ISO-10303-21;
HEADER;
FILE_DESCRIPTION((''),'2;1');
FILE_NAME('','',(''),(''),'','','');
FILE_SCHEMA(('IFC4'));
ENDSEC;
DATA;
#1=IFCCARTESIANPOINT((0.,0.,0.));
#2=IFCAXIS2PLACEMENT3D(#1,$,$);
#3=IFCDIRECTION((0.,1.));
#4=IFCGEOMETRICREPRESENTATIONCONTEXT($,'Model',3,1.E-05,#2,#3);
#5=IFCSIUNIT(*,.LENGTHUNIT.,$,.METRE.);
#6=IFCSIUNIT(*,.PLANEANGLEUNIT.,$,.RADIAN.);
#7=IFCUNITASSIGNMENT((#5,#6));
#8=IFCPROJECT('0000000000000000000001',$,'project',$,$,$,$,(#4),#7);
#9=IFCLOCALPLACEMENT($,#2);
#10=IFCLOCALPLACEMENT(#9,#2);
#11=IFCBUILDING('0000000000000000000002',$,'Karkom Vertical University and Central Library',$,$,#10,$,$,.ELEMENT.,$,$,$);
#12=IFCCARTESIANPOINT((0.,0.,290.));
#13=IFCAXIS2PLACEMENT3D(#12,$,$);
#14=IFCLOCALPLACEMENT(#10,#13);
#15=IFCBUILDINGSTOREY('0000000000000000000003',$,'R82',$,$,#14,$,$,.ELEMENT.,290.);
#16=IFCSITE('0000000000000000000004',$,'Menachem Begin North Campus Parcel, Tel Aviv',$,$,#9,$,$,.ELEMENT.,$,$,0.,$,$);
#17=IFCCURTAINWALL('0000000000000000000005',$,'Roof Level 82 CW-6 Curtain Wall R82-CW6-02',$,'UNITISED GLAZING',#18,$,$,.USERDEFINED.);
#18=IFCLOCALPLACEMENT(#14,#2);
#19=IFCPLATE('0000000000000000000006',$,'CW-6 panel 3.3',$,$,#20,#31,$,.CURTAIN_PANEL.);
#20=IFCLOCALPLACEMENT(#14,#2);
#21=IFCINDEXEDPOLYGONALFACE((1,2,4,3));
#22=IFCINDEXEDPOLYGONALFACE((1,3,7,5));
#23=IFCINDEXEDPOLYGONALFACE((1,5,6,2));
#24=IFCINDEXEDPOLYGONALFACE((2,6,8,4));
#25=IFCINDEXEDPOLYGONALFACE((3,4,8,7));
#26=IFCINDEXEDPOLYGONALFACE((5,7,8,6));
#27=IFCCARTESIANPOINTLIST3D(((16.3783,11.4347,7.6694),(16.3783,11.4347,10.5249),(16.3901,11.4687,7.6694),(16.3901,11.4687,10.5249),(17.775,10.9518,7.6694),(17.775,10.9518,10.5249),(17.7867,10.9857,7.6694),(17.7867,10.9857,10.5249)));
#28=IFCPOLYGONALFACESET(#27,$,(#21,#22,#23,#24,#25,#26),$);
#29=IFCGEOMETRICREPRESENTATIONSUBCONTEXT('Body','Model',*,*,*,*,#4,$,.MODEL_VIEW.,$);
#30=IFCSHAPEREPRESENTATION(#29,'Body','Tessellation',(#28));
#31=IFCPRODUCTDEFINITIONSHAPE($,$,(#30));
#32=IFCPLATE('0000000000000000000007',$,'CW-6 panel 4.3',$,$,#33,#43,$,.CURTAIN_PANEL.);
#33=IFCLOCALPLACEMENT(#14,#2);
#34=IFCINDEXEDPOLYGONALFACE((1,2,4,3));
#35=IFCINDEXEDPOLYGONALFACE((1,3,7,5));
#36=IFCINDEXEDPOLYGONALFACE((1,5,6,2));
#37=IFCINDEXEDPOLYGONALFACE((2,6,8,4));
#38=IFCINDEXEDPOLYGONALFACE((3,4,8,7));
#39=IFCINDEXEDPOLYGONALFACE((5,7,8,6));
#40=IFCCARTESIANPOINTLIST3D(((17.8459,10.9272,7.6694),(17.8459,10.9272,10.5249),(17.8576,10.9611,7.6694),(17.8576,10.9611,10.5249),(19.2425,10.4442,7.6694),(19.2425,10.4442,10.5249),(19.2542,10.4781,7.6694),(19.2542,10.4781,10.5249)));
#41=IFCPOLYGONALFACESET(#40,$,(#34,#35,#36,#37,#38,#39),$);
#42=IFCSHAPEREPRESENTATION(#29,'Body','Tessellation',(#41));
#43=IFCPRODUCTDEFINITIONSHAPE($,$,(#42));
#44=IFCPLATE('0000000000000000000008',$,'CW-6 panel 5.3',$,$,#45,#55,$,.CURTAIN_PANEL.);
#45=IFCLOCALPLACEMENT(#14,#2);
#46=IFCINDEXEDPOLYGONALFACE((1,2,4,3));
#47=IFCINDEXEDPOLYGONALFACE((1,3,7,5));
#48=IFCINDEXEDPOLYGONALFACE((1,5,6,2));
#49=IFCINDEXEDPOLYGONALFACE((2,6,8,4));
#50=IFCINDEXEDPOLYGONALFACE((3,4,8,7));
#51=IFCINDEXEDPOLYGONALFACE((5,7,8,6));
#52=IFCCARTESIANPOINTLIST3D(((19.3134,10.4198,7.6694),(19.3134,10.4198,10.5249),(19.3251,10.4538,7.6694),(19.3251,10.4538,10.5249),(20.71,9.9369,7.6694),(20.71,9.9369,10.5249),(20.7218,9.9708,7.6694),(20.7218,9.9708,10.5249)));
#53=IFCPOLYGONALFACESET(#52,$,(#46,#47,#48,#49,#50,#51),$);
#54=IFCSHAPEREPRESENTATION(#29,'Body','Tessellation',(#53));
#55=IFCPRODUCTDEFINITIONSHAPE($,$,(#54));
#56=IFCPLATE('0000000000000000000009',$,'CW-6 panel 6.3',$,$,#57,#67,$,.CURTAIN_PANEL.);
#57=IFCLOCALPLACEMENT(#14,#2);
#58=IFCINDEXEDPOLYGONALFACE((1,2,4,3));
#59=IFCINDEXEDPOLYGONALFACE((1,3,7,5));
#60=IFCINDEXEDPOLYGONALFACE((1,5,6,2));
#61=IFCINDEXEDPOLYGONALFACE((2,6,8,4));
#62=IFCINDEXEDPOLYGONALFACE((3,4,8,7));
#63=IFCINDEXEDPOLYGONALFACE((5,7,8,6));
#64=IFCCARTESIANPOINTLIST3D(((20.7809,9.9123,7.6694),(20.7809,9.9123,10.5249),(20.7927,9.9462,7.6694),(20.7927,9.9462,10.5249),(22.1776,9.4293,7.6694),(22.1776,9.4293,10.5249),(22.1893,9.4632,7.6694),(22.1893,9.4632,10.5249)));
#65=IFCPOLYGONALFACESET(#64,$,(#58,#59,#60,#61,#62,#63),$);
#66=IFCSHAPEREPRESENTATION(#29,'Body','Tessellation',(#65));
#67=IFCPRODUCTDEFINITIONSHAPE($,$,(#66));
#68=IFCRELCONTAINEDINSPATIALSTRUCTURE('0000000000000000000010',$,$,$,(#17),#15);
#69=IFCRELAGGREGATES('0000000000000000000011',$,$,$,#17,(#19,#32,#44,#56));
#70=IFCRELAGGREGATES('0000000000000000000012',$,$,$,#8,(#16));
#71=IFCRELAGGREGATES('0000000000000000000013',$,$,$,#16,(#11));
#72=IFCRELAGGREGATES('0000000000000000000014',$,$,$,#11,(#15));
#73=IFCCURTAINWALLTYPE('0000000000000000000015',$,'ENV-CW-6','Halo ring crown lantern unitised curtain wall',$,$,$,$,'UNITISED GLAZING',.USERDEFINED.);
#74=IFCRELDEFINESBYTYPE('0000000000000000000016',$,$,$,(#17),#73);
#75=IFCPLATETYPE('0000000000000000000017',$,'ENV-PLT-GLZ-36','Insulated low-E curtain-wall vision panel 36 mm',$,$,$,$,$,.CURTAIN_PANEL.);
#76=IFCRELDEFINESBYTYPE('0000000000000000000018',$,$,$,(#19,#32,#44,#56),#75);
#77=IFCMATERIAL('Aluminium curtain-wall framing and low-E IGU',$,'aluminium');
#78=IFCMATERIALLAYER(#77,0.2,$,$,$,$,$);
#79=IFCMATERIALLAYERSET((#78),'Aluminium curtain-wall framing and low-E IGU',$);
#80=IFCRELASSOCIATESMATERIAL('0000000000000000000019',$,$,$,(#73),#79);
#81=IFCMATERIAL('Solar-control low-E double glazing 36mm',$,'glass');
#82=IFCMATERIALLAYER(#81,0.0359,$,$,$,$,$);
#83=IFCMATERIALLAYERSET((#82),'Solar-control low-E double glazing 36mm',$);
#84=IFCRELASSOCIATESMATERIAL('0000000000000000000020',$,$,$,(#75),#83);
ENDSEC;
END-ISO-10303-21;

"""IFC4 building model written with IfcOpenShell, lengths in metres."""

from ifc_helpers import new_model, si_unit, direction, frame, origin, origin_with_axes, origin_2d, place, context, subcontext, project, spatial, rectangle, extrude, source, transform, mapped, material, layer, layer_set, type_object, element, aggregate, save


model = new_model("IFC4")

# Units and contexts
model_context = context("Model", 3, precision=1e-05, world=origin(), true_north=direction((0.0, 1.0)))
body_context = subcontext(model_context, "Body", "Model", "MODEL_VIEW")
ifc_project = project(units=[si_unit("LENGTHUNIT", "METRE"), si_unit("PLANEANGLEUNIT", "RADIAN")], contexts=[model_context])

# Site, building, storey
site_placement = place(None, origin())
site = spatial("IfcSite", under=ifc_project, at=site_placement, Name="Menachem Begin North Campus Parcel, Tel Aviv", CompositionType="ELEMENT", RefElevation=0.0)
building_placement = place(site_placement, origin())
building = spatial("IfcBuilding", under=site, at=building_placement, Name="Karkom Vertical University and Central Library", CompositionType="ELEMENT")
storey_placement = place(building_placement, frame((0.0, 0.0, 290.0)))
storey = spatial("IfcBuildingStorey", under=building, at=storey_placement, Name="R82", CompositionType="ELEMENT", Elevation=290.0)

# Curtain wall
ifc_material_1 = material(Name="Aluminium curtain-wall framing and low-E IGU", Category="aluminium")
ifc_layer_1 = layer(ifc_material_1, 0.2)
ifc_layer_set_1 = layer_set([ifc_layer_1], Name="Aluminium curtain-wall framing and low-E IGU")
curtain_wall_type = type_object("IfcCurtainWallType", Name="ENV-CW-6", Description="Halo ring crown lantern unitised curtain wall", ElementType="UNITISED GLAZING", PredefinedType="USERDEFINED", material=ifc_layer_set_1)
curtain_wall_placement = place(storey_placement, origin())
curtain_wall = element("IfcCurtainWall", 1, at=curtain_wall_placement, inside=storey, type_object=curtain_wall_type, Name="Roof Level 82 CW-6 Curtain Wall R82-CW6-02", ObjectType="UNITISED GLAZING", PredefinedType="USERDEFINED")

# Plates
ifc_material_2 = material(Name="Solar-control low-E double glazing 36mm", Category="glass")
ifc_layer_2 = layer(ifc_material_2, 0.0359)
ifc_layer_set_2 = layer_set([ifc_layer_2], Name="Solar-control low-E double glazing 36mm")
plate_type = type_object("IfcPlateType", Name="ENV-PLT-GLZ-36", Description="Insulated low-E curtain-wall vision panel 36 mm", PredefinedType="CURTAIN_PANEL", material=ifc_layer_set_2)
shared_shape_1 = source(origin_with_axes(), body_context, "Body", "SweptSolid", [
    extrude(rectangle(XDim=1.4778, YDim=0.0359, at=origin_2d()), origin(), (0.0, 0.0, 1.0), 2.8555),
])
plate_1_placement = place(storey_placement, frame((17.0825, 11.2102, 7.6694), z_axis=(0.0, 0.0, 1.0), x_axis=(0.945085, -0.326823, 0.0)))
plate_1 = element("IfcPlate", 2, at=plate_1_placement, type_object=plate_type, Name="CW-6 panel 3.3", PredefinedType="CURTAIN_PANEL", context=body_context, shape_type="MappedRepresentation", body=[
    mapped(shared_shape_1, transform((0.0, 0.0, 0.0), scale=1.0)),
])
plate_2_placement = place(storey_placement, frame((18.55, 10.7026, 7.6694), z_axis=(0.0, 0.0, 1.0), x_axis=(0.945085, -0.326823, 0.0)))
plate_2 = element("IfcPlate", 3, at=plate_2_placement, type_object=plate_type, Name="CW-6 panel 4.3", PredefinedType="CURTAIN_PANEL", context=body_context, shape_type="MappedRepresentation", body=[
    mapped(shared_shape_1, transform((0.0, 0.0, 0.0), scale=1.0)),
])
plate_3_placement = place(storey_placement, frame((20.0176, 10.1953, 7.6694), z_axis=(0.0, 0.0, 1.0), x_axis=(0.945085, -0.326823, 0.0)))
plate_3 = element("IfcPlate", 4, at=plate_3_placement, type_object=plate_type, Name="CW-6 panel 5.3", PredefinedType="CURTAIN_PANEL", context=body_context, shape_type="MappedRepresentation", body=[
    mapped(shared_shape_1, transform((0.0, 0.0, 0.0), scale=1.0)),
])
plate_4_placement = place(storey_placement, frame((21.4851, 9.6877, 7.6694), z_axis=(0.0, 0.0, 1.0), x_axis=(0.945085, -0.326823, 0.0)))
plate_4 = element("IfcPlate", 5, at=plate_4_placement, type_object=plate_type, Name="CW-6 panel 6.3", PredefinedType="CURTAIN_PANEL", context=body_context, shape_type="MappedRepresentation", body=[
    mapped(shared_shape_1, transform((0.0, 0.0, 0.0), scale=1.0)),
])
aggregate(curtain_wall, [plate_1, plate_2, plate_3, plate_4])

save(model, "model.ifc")
